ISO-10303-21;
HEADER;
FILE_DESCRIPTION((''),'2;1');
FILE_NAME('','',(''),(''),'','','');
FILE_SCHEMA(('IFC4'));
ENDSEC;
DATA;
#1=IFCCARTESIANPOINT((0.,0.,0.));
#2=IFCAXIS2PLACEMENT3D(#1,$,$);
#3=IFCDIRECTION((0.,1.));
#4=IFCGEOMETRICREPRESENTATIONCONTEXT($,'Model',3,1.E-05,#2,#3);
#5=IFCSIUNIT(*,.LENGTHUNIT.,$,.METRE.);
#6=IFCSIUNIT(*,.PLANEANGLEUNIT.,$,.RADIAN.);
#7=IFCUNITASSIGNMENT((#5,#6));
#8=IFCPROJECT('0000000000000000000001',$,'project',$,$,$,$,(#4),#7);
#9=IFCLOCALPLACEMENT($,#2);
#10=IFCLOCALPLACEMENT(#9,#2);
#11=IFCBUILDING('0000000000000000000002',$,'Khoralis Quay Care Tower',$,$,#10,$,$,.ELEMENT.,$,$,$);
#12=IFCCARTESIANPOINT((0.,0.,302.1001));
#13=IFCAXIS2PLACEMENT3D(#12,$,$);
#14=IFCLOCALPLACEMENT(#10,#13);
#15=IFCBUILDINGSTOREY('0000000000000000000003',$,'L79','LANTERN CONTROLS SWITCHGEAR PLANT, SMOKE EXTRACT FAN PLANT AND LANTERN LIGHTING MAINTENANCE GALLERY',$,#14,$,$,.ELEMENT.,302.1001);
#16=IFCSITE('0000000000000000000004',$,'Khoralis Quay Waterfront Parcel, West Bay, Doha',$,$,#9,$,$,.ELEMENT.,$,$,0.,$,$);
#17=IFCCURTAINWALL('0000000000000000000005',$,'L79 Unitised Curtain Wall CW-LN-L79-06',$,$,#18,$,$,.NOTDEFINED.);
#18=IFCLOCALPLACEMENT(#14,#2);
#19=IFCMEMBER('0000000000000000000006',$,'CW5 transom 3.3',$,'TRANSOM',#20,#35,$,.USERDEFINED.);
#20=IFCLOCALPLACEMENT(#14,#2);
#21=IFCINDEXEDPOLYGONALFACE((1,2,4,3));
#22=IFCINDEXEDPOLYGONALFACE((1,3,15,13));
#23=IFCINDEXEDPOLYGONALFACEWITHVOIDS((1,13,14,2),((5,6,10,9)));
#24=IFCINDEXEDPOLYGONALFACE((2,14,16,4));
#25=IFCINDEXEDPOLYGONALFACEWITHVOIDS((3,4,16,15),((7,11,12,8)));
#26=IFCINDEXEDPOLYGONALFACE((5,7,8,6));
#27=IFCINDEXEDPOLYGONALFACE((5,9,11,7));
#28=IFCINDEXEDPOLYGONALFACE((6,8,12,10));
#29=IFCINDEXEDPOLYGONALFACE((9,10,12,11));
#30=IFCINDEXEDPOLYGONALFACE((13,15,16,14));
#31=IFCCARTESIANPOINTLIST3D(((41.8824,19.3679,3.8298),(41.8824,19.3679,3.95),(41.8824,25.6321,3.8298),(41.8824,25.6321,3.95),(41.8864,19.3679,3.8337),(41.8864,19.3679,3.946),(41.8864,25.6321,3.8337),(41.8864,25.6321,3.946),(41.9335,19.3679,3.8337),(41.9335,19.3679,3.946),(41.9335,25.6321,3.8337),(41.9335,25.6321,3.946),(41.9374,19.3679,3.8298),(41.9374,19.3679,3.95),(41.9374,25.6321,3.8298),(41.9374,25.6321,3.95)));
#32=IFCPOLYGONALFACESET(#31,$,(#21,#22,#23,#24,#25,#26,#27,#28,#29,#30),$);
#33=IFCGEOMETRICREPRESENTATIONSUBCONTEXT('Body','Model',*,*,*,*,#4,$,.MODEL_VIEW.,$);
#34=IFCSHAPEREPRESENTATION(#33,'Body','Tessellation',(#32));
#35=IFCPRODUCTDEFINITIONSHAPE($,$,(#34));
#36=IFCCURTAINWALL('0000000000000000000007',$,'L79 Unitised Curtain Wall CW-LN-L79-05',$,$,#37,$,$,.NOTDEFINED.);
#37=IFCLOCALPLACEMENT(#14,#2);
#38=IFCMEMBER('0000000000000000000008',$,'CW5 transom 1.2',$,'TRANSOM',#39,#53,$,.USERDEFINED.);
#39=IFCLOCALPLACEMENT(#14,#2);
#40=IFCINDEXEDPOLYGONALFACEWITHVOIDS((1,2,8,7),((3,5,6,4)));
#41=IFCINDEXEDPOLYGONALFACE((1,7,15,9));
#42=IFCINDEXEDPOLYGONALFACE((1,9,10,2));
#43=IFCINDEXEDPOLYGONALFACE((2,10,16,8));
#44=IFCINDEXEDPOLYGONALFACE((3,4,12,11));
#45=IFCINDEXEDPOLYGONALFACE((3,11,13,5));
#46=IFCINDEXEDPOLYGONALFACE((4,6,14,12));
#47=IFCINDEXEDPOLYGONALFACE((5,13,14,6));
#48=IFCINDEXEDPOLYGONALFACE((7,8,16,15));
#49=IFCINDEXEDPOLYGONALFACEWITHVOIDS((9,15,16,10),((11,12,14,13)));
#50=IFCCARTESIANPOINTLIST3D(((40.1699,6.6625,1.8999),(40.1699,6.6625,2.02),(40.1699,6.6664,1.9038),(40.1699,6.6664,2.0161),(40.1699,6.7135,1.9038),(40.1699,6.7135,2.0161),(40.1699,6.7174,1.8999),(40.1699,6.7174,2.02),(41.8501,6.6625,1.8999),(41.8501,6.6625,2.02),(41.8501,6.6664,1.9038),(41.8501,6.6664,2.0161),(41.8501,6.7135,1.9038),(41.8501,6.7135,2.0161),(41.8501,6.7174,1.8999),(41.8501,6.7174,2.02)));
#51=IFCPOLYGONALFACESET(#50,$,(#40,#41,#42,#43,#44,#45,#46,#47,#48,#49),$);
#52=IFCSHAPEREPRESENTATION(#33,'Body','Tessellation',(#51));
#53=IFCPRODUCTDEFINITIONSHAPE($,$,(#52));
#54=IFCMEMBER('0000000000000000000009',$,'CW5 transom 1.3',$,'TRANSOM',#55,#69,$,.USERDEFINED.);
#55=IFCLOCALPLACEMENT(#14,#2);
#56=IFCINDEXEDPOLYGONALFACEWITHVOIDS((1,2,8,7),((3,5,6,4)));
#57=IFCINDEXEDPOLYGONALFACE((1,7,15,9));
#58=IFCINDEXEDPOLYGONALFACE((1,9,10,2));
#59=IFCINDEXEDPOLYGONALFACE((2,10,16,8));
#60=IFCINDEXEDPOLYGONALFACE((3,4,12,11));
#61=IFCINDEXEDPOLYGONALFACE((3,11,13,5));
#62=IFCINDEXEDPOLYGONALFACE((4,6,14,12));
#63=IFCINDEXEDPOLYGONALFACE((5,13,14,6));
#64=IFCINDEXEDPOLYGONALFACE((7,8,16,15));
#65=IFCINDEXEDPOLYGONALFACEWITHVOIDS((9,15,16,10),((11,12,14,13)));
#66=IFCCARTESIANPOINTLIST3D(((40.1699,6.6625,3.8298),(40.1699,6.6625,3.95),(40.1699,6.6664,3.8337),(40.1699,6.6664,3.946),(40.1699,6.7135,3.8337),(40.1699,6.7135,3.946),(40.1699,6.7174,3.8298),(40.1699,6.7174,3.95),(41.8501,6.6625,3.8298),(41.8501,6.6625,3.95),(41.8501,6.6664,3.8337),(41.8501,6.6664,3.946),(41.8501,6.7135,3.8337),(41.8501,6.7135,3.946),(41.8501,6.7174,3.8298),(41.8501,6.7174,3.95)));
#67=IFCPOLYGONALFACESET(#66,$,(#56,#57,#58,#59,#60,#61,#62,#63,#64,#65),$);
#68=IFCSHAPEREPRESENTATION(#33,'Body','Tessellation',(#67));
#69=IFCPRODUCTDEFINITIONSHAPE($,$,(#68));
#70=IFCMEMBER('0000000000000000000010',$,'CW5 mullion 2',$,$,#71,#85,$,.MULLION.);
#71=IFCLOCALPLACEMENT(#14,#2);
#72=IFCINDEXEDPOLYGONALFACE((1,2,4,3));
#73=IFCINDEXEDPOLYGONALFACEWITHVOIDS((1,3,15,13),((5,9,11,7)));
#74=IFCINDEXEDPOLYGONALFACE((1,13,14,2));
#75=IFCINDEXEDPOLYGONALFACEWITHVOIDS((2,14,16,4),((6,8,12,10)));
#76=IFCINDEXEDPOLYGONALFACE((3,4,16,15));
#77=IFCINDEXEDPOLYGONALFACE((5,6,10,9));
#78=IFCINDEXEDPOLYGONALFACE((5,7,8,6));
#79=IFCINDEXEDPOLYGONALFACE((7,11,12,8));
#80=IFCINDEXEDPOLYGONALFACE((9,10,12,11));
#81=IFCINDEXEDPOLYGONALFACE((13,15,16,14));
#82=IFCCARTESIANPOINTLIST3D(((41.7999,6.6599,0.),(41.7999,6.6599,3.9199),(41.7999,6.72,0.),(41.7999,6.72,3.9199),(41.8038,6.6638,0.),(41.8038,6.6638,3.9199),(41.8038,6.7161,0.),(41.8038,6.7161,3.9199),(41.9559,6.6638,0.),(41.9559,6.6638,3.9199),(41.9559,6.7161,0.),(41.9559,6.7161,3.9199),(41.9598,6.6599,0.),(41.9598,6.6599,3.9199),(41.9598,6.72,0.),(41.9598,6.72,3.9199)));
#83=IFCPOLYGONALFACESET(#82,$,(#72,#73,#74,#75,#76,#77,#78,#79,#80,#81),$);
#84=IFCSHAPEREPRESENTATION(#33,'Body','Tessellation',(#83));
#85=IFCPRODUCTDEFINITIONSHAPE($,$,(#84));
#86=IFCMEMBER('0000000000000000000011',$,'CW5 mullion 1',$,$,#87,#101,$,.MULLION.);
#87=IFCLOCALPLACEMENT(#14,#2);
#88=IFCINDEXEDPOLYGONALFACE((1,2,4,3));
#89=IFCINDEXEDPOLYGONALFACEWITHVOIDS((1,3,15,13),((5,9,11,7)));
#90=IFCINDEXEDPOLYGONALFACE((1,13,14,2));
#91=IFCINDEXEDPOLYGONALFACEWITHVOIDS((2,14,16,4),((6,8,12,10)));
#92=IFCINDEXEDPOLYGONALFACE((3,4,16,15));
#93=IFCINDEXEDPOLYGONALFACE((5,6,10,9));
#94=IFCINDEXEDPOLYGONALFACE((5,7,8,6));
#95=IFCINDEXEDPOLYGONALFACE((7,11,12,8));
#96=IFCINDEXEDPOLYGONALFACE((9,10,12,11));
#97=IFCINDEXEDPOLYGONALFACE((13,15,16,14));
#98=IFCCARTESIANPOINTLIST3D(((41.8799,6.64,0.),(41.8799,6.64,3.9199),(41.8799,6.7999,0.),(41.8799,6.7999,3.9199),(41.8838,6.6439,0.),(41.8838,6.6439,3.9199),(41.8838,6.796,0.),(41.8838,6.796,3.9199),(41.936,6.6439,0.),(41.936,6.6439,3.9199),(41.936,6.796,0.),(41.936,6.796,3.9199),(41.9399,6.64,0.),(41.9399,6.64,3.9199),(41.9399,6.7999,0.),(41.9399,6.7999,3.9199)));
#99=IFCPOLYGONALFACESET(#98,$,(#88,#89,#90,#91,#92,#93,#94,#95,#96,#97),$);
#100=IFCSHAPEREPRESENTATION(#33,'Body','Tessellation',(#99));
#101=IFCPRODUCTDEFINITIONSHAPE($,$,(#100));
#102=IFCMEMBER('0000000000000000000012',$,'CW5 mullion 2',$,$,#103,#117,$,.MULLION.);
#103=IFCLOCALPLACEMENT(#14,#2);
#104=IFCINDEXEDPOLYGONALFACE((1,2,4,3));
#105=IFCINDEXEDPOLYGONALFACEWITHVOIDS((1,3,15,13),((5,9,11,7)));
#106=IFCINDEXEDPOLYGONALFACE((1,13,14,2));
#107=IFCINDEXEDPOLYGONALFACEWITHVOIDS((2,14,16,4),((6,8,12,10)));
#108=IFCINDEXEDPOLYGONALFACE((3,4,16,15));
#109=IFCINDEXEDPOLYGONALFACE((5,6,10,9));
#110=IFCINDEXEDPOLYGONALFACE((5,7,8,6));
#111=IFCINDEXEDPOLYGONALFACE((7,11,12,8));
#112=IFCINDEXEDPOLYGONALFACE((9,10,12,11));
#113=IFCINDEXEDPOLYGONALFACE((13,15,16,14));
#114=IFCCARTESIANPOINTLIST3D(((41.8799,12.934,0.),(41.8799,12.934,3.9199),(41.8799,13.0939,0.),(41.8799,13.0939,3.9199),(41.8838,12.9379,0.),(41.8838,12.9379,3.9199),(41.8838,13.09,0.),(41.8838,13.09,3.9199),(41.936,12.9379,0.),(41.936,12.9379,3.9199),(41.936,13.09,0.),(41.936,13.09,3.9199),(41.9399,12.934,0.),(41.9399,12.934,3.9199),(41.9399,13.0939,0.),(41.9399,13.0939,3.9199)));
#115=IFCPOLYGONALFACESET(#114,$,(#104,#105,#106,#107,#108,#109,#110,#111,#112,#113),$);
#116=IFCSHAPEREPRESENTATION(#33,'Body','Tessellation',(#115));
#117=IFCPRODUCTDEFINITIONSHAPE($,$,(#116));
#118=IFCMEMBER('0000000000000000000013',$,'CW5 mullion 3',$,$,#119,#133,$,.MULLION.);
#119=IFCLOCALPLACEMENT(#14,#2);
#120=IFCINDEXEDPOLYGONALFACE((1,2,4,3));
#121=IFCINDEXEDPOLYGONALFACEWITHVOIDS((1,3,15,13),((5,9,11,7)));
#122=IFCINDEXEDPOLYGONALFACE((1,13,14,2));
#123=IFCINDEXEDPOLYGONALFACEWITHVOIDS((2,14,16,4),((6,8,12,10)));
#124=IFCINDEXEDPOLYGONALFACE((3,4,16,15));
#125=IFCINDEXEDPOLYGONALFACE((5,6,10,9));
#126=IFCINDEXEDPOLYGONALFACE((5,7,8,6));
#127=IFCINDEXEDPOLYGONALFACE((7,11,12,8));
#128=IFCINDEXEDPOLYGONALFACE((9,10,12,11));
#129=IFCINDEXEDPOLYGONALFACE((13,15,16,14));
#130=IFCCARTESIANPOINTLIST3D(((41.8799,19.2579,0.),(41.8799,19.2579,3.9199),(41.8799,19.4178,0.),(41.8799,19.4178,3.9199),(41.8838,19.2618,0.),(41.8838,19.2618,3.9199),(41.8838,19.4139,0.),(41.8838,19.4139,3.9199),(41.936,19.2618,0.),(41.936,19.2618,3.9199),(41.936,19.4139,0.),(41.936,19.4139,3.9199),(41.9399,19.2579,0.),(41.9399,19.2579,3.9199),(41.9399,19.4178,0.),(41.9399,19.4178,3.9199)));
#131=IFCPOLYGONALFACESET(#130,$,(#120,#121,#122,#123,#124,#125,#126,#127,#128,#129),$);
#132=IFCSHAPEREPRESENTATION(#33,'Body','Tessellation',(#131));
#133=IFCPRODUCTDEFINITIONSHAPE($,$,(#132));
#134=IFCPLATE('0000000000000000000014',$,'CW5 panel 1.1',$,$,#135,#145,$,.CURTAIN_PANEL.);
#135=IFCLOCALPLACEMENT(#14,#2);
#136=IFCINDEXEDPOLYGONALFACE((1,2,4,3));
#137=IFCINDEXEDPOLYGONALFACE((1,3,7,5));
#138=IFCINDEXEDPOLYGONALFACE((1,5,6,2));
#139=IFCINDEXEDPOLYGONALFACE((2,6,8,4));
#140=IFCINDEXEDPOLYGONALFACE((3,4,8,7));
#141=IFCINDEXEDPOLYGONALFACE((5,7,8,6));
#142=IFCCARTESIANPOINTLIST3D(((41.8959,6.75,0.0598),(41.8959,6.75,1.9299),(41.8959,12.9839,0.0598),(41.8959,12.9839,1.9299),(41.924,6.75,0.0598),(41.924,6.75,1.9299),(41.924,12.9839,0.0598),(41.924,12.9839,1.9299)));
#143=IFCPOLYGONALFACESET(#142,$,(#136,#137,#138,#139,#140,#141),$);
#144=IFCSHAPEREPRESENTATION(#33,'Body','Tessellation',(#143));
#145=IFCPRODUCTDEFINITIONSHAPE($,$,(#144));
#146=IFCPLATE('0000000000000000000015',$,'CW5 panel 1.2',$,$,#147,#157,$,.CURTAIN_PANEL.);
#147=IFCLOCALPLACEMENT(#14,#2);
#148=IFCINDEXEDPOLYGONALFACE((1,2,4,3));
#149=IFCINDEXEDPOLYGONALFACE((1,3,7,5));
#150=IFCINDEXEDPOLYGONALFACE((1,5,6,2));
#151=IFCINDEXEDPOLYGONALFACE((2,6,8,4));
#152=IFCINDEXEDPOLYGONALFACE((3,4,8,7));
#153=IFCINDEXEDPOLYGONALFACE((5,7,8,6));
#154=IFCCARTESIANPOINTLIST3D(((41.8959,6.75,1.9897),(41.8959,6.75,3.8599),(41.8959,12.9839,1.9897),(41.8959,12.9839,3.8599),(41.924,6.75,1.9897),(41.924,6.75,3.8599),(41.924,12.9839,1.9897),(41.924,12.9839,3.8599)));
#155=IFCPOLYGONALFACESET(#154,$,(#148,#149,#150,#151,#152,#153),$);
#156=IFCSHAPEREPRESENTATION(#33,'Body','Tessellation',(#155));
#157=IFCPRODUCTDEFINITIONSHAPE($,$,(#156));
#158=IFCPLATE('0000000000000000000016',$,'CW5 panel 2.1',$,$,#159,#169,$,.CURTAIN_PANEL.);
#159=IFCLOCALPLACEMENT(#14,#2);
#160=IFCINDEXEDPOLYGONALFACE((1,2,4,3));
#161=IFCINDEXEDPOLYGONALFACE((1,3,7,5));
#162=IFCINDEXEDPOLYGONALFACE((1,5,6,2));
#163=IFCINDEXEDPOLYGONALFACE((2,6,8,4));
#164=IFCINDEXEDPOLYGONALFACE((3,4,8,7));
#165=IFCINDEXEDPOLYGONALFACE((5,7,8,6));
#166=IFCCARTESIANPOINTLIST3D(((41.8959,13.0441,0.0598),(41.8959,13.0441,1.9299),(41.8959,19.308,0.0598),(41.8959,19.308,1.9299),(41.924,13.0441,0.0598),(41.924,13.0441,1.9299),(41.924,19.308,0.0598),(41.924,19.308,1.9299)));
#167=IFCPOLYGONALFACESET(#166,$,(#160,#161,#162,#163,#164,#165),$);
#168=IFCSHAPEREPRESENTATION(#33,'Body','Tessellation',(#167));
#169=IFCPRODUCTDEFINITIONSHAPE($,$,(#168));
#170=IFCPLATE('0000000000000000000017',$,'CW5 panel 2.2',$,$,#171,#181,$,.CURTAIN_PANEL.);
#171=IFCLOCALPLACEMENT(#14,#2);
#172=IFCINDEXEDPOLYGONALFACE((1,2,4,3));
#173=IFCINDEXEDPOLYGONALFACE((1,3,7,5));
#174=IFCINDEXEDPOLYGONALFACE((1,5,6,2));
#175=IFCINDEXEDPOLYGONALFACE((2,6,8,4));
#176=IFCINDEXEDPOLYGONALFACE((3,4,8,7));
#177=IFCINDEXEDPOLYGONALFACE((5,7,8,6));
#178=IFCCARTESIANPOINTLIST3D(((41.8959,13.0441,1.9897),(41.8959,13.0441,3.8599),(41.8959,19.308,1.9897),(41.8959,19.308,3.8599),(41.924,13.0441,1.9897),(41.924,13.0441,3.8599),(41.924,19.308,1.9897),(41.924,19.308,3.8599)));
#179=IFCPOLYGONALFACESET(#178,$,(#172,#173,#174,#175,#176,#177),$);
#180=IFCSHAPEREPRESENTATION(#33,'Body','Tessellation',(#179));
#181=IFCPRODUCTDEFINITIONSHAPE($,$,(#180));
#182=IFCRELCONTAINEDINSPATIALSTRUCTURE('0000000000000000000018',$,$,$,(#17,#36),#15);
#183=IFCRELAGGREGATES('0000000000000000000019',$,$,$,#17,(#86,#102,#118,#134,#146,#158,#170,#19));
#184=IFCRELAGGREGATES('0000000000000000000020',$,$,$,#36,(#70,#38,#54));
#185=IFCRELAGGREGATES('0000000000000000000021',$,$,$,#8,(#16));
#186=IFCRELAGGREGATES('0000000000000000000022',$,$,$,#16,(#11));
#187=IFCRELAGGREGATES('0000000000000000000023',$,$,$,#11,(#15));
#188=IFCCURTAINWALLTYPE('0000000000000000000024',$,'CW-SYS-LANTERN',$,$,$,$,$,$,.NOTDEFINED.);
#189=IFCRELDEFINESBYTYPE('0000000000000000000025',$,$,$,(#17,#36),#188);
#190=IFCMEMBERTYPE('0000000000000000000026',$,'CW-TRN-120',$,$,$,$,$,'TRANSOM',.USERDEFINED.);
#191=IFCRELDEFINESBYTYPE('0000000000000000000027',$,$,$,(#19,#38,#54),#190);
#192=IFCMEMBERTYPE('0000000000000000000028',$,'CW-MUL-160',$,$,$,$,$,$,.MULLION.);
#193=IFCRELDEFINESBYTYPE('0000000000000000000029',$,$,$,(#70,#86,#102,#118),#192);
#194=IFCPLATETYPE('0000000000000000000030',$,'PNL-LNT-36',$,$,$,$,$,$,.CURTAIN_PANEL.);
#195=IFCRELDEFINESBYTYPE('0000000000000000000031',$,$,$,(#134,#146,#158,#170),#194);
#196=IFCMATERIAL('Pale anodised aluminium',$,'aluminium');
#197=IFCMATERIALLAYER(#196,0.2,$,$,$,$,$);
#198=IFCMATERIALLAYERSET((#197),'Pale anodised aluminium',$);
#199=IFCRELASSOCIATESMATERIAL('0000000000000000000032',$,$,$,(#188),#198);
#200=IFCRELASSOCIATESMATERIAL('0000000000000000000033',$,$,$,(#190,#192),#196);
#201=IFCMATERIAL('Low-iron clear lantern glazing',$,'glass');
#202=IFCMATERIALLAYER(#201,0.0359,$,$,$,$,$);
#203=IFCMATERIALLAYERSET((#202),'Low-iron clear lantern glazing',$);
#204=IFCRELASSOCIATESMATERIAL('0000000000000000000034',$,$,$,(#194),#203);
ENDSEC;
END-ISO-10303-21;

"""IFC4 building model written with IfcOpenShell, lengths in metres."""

from ifc_helpers import new_model, si_unit, direction, frame, origin, origin_2d, place, context, subcontext, project, spatial, rectangle, hollow_rectangle, extrude, source, transform, mapped, material, layer, layer_set, material_profile, profile_set, type_object, element, aggregate, save


model = new_model("IFC4")

# Units and contexts
model_context = context("Model", 3, precision=1e-05, world=origin(), true_north=direction((0.0, 1.0)))
body_context = subcontext(model_context, "Body", "Model", "MODEL_VIEW")
ifc_project = project(units=[si_unit("LENGTHUNIT", "METRE"), si_unit("PLANEANGLEUNIT", "RADIAN")], contexts=[model_context])

# Site, building, storey
site_placement = place(None, origin())
site = spatial("IfcSite", under=ifc_project, at=site_placement, Name="Khoralis Quay Waterfront Parcel, West Bay, Doha", CompositionType="ELEMENT", RefElevation=0.0)
building_placement = place(site_placement, origin())
building = spatial("IfcBuilding", under=site, at=building_placement, Name="Khoralis Quay Care Tower", CompositionType="ELEMENT")
storey_placement = place(building_placement, frame((0.0, 0.0, 302.1001)))
storey = spatial("IfcBuildingStorey", under=building, at=storey_placement, Name="L79", Description="LANTERN CONTROLS SWITCHGEAR PLANT, SMOKE EXTRACT FAN PLANT AND LANTERN LIGHTING MAINTENANCE GALLERY", CompositionType="ELEMENT", Elevation=302.1001)

# Curtain walls, members
ifc_material_1 = material(Name="Pale anodised aluminium", Category="aluminium")
ifc_layer_1 = layer(ifc_material_1, 0.2)
ifc_layer_set_1 = layer_set([ifc_layer_1], Name="Pale anodised aluminium")
curtain_wall_type = type_object("IfcCurtainWallType", Name="CW-SYS-LANTERN", PredefinedType="NOTDEFINED", material=ifc_layer_set_1)
curtain_wall_1_placement = place(storey_placement, origin())
curtain_wall_1 = element("IfcCurtainWall", 1, at=curtain_wall_1_placement, inside=storey, type_object=curtain_wall_type, Name="L79 Unitised Curtain Wall CW-LN-L79-06", PredefinedType="NOTDEFINED")
ifc_material_profile_1 = material_profile(ifc_material_1, hollow_rectangle(XDim=0.0549, YDim=0.1201, WallThickness=0.0039, at=origin_2d()), Name="Pale anodised aluminium")
ifc_profile_set_1 = profile_set([ifc_material_profile_1], Name="Pale anodised aluminium")
member_type_1 = type_object("IfcMemberType", Name="CW-TRN-120", ElementType="TRANSOM", PredefinedType="USERDEFINED", material=ifc_profile_set_1)
shared_shape_1 = source(origin(), body_context, "Body", "SweptSolid", [
    extrude(hollow_rectangle(XDim=0.0549, YDim=0.1201, WallThickness=0.0039, at=origin_2d()), origin(), (0.0, 0.0, 1.0), 6.2642),
])
member_1_placement = place(storey_placement, frame((41.9099, 19.3679, 3.8899), z_axis=(0.0, 1.0, 0.0), x_axis=(-1.0, 0.0, 0.0)))
member_1 = element("IfcMember", 2, at=member_1_placement, type_object=member_type_1, Name="CW5 transom 3.3", ObjectType="TRANSOM", PredefinedType="USERDEFINED", context=body_context, shape_type="MappedRepresentation", body=[
    mapped(shared_shape_1, transform((0.0, 0.0, 0.0), scale=1.0)),
])
curtain_wall_2_placement = place(storey_placement, origin())
curtain_wall_2 = element("IfcCurtainWall", 3, at=curtain_wall_2_placement, inside=storey, type_object=curtain_wall_type, Name="L79 Unitised Curtain Wall CW-LN-L79-05", PredefinedType="NOTDEFINED")
shared_shape_2 = source(origin(), body_context, "Body", "SweptSolid", [
    extrude(hollow_rectangle(XDim=0.0549, YDim=0.1201, WallThickness=0.0039, at=origin_2d()), origin(), (0.0, 0.0, 1.0), 1.6802),
])
member_2_placement = place(storey_placement, frame((40.1699, 6.6899, 1.96), z_axis=(1.0, 0.0, 0.0), x_axis=(0.0, 1.0, 0.0)))
member_2 = element("IfcMember", 4, at=member_2_placement, type_object=member_type_1, Name="CW5 transom 1.2", ObjectType="TRANSOM", PredefinedType="USERDEFINED", context=body_context, shape_type="MappedRepresentation", body=[
    mapped(shared_shape_2, transform((0.0, 0.0, 0.0), scale=1.0)),
])
member_3_placement = place(storey_placement, frame((40.1699, 6.6899, 3.8899), z_axis=(1.0, 0.0, 0.0), x_axis=(0.0, 1.0, 0.0)))
member_3 = element("IfcMember", 5, at=member_3_placement, type_object=member_type_1, Name="CW5 transom 1.3", ObjectType="TRANSOM", PredefinedType="USERDEFINED", context=body_context, shape_type="MappedRepresentation", body=[
    mapped(shared_shape_2, transform((0.0, 0.0, 0.0), scale=1.0)),
])
ifc_material_profile_2 = material_profile(ifc_material_1, hollow_rectangle(XDim=0.0601, YDim=0.1599, WallThickness=0.0039, at=origin_2d()), Name="Pale anodised aluminium")
ifc_profile_set_2 = profile_set([ifc_material_profile_2], Name="Pale anodised aluminium")
member_type_2 = type_object("IfcMemberType", Name="CW-MUL-160", PredefinedType="MULLION", material=ifc_profile_set_2)
shared_shape_3 = source(origin(), body_context, "Body", "SweptSolid", [
    extrude(hollow_rectangle(XDim=0.0601, YDim=0.1599, WallThickness=0.0039, at=origin_2d()), origin(), (0.0, 0.0, 1.0), 3.9199),
])
member_4_placement = place(storey_placement, frame((41.8799, 6.6899, 0.0), z_axis=(0.0, 0.0, 1.0), x_axis=(0.0, 1.0, 0.0)))
member_4 = element("IfcMember", 6, at=member_4_placement, type_object=member_type_2, Name="CW5 mullion 2", PredefinedType="MULLION", context=body_context, shape_type="MappedRepresentation", body=[
    mapped(shared_shape_3, transform((0.0, 0.0, 0.0), scale=1.0)),
])

# Members
member_5_placement = place(storey_placement, frame((41.9099, 6.72, 0.0), z_axis=(0.0, 0.0, 1.0), x_axis=(-1.0, 0.0, 0.0)))
member_5 = element("IfcMember", 7, at=member_5_placement, type_object=member_type_2, Name="CW5 mullion 1", PredefinedType="MULLION", context=body_context, shape_type="MappedRepresentation", body=[
    mapped(shared_shape_3, transform((0.0, 0.0, 0.0), scale=1.0)),
])
member_6_placement = place(storey_placement, frame((41.9099, 13.0139, 0.0), z_axis=(0.0, 0.0, 1.0), x_axis=(-1.0, 0.0, 0.0)))
member_6 = element("IfcMember", 8, at=member_6_placement, type_object=member_type_2, Name="CW5 mullion 2", PredefinedType="MULLION", context=body_context, shape_type="MappedRepresentation", body=[
    mapped(shared_shape_3, transform((0.0, 0.0, 0.0), scale=1.0)),
])
member_7_placement = place(storey_placement, frame((41.9099, 19.3379, 0.0), z_axis=(0.0, 0.0, 1.0), x_axis=(-1.0, 0.0, 0.0)))
member_7 = element("IfcMember", 9, at=member_7_placement, type_object=member_type_2, Name="CW5 mullion 3", PredefinedType="MULLION", context=body_context, shape_type="MappedRepresentation", body=[
    mapped(shared_shape_3, transform((0.0, 0.0, 0.0), scale=1.0)),
])

# Plates
ifc_material_2 = material(Name="Low-iron clear lantern glazing", Category="glass")
ifc_layer_2 = layer(ifc_material_2, 0.0359)
ifc_layer_set_2 = layer_set([ifc_layer_2], Name="Low-iron clear lantern glazing")
plate_type = type_object("IfcPlateType", Name="PNL-LNT-36", PredefinedType="CURTAIN_PANEL", material=ifc_layer_set_2)
shared_shape_4 = source(origin(), body_context, "Body", "SweptSolid", [
    extrude(rectangle(XDim=6.2339, YDim=0.0281, at=origin_2d()), origin(), (0.0, 0.0, 1.0), 1.8701),
])
plate_1_placement = place(storey_placement, frame((41.9099, 9.8669, 0.0598), z_axis=(0.0, 0.0, 1.0), x_axis=(0.0, 1.0, 0.0)))
plate_1 = element("IfcPlate", 10, at=plate_1_placement, type_object=plate_type, Name="CW5 panel 1.1", PredefinedType="CURTAIN_PANEL", context=body_context, shape_type="MappedRepresentation", body=[
    mapped(shared_shape_4, transform((0.0, 0.0, 0.0), scale=1.0)),
])
plate_2_placement = place(storey_placement, frame((41.9099, 9.8669, 1.9897), z_axis=(0.0, 0.0, 1.0), x_axis=(0.0, 1.0, 0.0)))
plate_2 = element("IfcPlate", 11, at=plate_2_placement, type_object=plate_type, Name="CW5 panel 1.2", PredefinedType="CURTAIN_PANEL", context=body_context, shape_type="MappedRepresentation", body=[
    mapped(shared_shape_4, transform((0.0, 0.0, 0.0), scale=1.0)),
])
shared_shape_5 = source(origin(), body_context, "Body", "SweptSolid", [
    extrude(rectangle(XDim=6.2639, YDim=0.0281, at=origin_2d()), origin(), (0.0, 0.0, 1.0), 1.8701),
])
plate_3_placement = place(storey_placement, frame((41.9099, 16.176, 0.0598), z_axis=(0.0, 0.0, 1.0), x_axis=(0.0, 1.0, 0.0)))
plate_3 = element("IfcPlate", 12, at=plate_3_placement, type_object=plate_type, Name="CW5 panel 2.1", PredefinedType="CURTAIN_PANEL", context=body_context, shape_type="MappedRepresentation", body=[
    mapped(shared_shape_5, transform((0.0, 0.0, 0.0), scale=1.0)),
])
plate_4_placement = place(storey_placement, frame((41.9099, 16.176, 1.9897), z_axis=(0.0, 0.0, 1.0), x_axis=(0.0, 1.0, 0.0)))
plate_4 = element("IfcPlate", 13, at=plate_4_placement, type_object=plate_type, Name="CW5 panel 2.2", PredefinedType="CURTAIN_PANEL", context=body_context, shape_type="MappedRepresentation", body=[
    mapped(shared_shape_5, transform((0.0, 0.0, 0.0), scale=1.0)),
])
aggregate(curtain_wall_1, [member_5, member_6, member_7, plate_1, plate_2, plate_3, plate_4, member_1])
aggregate(curtain_wall_2, [member_4, member_2, member_3])

save(model, "model.ifc")
